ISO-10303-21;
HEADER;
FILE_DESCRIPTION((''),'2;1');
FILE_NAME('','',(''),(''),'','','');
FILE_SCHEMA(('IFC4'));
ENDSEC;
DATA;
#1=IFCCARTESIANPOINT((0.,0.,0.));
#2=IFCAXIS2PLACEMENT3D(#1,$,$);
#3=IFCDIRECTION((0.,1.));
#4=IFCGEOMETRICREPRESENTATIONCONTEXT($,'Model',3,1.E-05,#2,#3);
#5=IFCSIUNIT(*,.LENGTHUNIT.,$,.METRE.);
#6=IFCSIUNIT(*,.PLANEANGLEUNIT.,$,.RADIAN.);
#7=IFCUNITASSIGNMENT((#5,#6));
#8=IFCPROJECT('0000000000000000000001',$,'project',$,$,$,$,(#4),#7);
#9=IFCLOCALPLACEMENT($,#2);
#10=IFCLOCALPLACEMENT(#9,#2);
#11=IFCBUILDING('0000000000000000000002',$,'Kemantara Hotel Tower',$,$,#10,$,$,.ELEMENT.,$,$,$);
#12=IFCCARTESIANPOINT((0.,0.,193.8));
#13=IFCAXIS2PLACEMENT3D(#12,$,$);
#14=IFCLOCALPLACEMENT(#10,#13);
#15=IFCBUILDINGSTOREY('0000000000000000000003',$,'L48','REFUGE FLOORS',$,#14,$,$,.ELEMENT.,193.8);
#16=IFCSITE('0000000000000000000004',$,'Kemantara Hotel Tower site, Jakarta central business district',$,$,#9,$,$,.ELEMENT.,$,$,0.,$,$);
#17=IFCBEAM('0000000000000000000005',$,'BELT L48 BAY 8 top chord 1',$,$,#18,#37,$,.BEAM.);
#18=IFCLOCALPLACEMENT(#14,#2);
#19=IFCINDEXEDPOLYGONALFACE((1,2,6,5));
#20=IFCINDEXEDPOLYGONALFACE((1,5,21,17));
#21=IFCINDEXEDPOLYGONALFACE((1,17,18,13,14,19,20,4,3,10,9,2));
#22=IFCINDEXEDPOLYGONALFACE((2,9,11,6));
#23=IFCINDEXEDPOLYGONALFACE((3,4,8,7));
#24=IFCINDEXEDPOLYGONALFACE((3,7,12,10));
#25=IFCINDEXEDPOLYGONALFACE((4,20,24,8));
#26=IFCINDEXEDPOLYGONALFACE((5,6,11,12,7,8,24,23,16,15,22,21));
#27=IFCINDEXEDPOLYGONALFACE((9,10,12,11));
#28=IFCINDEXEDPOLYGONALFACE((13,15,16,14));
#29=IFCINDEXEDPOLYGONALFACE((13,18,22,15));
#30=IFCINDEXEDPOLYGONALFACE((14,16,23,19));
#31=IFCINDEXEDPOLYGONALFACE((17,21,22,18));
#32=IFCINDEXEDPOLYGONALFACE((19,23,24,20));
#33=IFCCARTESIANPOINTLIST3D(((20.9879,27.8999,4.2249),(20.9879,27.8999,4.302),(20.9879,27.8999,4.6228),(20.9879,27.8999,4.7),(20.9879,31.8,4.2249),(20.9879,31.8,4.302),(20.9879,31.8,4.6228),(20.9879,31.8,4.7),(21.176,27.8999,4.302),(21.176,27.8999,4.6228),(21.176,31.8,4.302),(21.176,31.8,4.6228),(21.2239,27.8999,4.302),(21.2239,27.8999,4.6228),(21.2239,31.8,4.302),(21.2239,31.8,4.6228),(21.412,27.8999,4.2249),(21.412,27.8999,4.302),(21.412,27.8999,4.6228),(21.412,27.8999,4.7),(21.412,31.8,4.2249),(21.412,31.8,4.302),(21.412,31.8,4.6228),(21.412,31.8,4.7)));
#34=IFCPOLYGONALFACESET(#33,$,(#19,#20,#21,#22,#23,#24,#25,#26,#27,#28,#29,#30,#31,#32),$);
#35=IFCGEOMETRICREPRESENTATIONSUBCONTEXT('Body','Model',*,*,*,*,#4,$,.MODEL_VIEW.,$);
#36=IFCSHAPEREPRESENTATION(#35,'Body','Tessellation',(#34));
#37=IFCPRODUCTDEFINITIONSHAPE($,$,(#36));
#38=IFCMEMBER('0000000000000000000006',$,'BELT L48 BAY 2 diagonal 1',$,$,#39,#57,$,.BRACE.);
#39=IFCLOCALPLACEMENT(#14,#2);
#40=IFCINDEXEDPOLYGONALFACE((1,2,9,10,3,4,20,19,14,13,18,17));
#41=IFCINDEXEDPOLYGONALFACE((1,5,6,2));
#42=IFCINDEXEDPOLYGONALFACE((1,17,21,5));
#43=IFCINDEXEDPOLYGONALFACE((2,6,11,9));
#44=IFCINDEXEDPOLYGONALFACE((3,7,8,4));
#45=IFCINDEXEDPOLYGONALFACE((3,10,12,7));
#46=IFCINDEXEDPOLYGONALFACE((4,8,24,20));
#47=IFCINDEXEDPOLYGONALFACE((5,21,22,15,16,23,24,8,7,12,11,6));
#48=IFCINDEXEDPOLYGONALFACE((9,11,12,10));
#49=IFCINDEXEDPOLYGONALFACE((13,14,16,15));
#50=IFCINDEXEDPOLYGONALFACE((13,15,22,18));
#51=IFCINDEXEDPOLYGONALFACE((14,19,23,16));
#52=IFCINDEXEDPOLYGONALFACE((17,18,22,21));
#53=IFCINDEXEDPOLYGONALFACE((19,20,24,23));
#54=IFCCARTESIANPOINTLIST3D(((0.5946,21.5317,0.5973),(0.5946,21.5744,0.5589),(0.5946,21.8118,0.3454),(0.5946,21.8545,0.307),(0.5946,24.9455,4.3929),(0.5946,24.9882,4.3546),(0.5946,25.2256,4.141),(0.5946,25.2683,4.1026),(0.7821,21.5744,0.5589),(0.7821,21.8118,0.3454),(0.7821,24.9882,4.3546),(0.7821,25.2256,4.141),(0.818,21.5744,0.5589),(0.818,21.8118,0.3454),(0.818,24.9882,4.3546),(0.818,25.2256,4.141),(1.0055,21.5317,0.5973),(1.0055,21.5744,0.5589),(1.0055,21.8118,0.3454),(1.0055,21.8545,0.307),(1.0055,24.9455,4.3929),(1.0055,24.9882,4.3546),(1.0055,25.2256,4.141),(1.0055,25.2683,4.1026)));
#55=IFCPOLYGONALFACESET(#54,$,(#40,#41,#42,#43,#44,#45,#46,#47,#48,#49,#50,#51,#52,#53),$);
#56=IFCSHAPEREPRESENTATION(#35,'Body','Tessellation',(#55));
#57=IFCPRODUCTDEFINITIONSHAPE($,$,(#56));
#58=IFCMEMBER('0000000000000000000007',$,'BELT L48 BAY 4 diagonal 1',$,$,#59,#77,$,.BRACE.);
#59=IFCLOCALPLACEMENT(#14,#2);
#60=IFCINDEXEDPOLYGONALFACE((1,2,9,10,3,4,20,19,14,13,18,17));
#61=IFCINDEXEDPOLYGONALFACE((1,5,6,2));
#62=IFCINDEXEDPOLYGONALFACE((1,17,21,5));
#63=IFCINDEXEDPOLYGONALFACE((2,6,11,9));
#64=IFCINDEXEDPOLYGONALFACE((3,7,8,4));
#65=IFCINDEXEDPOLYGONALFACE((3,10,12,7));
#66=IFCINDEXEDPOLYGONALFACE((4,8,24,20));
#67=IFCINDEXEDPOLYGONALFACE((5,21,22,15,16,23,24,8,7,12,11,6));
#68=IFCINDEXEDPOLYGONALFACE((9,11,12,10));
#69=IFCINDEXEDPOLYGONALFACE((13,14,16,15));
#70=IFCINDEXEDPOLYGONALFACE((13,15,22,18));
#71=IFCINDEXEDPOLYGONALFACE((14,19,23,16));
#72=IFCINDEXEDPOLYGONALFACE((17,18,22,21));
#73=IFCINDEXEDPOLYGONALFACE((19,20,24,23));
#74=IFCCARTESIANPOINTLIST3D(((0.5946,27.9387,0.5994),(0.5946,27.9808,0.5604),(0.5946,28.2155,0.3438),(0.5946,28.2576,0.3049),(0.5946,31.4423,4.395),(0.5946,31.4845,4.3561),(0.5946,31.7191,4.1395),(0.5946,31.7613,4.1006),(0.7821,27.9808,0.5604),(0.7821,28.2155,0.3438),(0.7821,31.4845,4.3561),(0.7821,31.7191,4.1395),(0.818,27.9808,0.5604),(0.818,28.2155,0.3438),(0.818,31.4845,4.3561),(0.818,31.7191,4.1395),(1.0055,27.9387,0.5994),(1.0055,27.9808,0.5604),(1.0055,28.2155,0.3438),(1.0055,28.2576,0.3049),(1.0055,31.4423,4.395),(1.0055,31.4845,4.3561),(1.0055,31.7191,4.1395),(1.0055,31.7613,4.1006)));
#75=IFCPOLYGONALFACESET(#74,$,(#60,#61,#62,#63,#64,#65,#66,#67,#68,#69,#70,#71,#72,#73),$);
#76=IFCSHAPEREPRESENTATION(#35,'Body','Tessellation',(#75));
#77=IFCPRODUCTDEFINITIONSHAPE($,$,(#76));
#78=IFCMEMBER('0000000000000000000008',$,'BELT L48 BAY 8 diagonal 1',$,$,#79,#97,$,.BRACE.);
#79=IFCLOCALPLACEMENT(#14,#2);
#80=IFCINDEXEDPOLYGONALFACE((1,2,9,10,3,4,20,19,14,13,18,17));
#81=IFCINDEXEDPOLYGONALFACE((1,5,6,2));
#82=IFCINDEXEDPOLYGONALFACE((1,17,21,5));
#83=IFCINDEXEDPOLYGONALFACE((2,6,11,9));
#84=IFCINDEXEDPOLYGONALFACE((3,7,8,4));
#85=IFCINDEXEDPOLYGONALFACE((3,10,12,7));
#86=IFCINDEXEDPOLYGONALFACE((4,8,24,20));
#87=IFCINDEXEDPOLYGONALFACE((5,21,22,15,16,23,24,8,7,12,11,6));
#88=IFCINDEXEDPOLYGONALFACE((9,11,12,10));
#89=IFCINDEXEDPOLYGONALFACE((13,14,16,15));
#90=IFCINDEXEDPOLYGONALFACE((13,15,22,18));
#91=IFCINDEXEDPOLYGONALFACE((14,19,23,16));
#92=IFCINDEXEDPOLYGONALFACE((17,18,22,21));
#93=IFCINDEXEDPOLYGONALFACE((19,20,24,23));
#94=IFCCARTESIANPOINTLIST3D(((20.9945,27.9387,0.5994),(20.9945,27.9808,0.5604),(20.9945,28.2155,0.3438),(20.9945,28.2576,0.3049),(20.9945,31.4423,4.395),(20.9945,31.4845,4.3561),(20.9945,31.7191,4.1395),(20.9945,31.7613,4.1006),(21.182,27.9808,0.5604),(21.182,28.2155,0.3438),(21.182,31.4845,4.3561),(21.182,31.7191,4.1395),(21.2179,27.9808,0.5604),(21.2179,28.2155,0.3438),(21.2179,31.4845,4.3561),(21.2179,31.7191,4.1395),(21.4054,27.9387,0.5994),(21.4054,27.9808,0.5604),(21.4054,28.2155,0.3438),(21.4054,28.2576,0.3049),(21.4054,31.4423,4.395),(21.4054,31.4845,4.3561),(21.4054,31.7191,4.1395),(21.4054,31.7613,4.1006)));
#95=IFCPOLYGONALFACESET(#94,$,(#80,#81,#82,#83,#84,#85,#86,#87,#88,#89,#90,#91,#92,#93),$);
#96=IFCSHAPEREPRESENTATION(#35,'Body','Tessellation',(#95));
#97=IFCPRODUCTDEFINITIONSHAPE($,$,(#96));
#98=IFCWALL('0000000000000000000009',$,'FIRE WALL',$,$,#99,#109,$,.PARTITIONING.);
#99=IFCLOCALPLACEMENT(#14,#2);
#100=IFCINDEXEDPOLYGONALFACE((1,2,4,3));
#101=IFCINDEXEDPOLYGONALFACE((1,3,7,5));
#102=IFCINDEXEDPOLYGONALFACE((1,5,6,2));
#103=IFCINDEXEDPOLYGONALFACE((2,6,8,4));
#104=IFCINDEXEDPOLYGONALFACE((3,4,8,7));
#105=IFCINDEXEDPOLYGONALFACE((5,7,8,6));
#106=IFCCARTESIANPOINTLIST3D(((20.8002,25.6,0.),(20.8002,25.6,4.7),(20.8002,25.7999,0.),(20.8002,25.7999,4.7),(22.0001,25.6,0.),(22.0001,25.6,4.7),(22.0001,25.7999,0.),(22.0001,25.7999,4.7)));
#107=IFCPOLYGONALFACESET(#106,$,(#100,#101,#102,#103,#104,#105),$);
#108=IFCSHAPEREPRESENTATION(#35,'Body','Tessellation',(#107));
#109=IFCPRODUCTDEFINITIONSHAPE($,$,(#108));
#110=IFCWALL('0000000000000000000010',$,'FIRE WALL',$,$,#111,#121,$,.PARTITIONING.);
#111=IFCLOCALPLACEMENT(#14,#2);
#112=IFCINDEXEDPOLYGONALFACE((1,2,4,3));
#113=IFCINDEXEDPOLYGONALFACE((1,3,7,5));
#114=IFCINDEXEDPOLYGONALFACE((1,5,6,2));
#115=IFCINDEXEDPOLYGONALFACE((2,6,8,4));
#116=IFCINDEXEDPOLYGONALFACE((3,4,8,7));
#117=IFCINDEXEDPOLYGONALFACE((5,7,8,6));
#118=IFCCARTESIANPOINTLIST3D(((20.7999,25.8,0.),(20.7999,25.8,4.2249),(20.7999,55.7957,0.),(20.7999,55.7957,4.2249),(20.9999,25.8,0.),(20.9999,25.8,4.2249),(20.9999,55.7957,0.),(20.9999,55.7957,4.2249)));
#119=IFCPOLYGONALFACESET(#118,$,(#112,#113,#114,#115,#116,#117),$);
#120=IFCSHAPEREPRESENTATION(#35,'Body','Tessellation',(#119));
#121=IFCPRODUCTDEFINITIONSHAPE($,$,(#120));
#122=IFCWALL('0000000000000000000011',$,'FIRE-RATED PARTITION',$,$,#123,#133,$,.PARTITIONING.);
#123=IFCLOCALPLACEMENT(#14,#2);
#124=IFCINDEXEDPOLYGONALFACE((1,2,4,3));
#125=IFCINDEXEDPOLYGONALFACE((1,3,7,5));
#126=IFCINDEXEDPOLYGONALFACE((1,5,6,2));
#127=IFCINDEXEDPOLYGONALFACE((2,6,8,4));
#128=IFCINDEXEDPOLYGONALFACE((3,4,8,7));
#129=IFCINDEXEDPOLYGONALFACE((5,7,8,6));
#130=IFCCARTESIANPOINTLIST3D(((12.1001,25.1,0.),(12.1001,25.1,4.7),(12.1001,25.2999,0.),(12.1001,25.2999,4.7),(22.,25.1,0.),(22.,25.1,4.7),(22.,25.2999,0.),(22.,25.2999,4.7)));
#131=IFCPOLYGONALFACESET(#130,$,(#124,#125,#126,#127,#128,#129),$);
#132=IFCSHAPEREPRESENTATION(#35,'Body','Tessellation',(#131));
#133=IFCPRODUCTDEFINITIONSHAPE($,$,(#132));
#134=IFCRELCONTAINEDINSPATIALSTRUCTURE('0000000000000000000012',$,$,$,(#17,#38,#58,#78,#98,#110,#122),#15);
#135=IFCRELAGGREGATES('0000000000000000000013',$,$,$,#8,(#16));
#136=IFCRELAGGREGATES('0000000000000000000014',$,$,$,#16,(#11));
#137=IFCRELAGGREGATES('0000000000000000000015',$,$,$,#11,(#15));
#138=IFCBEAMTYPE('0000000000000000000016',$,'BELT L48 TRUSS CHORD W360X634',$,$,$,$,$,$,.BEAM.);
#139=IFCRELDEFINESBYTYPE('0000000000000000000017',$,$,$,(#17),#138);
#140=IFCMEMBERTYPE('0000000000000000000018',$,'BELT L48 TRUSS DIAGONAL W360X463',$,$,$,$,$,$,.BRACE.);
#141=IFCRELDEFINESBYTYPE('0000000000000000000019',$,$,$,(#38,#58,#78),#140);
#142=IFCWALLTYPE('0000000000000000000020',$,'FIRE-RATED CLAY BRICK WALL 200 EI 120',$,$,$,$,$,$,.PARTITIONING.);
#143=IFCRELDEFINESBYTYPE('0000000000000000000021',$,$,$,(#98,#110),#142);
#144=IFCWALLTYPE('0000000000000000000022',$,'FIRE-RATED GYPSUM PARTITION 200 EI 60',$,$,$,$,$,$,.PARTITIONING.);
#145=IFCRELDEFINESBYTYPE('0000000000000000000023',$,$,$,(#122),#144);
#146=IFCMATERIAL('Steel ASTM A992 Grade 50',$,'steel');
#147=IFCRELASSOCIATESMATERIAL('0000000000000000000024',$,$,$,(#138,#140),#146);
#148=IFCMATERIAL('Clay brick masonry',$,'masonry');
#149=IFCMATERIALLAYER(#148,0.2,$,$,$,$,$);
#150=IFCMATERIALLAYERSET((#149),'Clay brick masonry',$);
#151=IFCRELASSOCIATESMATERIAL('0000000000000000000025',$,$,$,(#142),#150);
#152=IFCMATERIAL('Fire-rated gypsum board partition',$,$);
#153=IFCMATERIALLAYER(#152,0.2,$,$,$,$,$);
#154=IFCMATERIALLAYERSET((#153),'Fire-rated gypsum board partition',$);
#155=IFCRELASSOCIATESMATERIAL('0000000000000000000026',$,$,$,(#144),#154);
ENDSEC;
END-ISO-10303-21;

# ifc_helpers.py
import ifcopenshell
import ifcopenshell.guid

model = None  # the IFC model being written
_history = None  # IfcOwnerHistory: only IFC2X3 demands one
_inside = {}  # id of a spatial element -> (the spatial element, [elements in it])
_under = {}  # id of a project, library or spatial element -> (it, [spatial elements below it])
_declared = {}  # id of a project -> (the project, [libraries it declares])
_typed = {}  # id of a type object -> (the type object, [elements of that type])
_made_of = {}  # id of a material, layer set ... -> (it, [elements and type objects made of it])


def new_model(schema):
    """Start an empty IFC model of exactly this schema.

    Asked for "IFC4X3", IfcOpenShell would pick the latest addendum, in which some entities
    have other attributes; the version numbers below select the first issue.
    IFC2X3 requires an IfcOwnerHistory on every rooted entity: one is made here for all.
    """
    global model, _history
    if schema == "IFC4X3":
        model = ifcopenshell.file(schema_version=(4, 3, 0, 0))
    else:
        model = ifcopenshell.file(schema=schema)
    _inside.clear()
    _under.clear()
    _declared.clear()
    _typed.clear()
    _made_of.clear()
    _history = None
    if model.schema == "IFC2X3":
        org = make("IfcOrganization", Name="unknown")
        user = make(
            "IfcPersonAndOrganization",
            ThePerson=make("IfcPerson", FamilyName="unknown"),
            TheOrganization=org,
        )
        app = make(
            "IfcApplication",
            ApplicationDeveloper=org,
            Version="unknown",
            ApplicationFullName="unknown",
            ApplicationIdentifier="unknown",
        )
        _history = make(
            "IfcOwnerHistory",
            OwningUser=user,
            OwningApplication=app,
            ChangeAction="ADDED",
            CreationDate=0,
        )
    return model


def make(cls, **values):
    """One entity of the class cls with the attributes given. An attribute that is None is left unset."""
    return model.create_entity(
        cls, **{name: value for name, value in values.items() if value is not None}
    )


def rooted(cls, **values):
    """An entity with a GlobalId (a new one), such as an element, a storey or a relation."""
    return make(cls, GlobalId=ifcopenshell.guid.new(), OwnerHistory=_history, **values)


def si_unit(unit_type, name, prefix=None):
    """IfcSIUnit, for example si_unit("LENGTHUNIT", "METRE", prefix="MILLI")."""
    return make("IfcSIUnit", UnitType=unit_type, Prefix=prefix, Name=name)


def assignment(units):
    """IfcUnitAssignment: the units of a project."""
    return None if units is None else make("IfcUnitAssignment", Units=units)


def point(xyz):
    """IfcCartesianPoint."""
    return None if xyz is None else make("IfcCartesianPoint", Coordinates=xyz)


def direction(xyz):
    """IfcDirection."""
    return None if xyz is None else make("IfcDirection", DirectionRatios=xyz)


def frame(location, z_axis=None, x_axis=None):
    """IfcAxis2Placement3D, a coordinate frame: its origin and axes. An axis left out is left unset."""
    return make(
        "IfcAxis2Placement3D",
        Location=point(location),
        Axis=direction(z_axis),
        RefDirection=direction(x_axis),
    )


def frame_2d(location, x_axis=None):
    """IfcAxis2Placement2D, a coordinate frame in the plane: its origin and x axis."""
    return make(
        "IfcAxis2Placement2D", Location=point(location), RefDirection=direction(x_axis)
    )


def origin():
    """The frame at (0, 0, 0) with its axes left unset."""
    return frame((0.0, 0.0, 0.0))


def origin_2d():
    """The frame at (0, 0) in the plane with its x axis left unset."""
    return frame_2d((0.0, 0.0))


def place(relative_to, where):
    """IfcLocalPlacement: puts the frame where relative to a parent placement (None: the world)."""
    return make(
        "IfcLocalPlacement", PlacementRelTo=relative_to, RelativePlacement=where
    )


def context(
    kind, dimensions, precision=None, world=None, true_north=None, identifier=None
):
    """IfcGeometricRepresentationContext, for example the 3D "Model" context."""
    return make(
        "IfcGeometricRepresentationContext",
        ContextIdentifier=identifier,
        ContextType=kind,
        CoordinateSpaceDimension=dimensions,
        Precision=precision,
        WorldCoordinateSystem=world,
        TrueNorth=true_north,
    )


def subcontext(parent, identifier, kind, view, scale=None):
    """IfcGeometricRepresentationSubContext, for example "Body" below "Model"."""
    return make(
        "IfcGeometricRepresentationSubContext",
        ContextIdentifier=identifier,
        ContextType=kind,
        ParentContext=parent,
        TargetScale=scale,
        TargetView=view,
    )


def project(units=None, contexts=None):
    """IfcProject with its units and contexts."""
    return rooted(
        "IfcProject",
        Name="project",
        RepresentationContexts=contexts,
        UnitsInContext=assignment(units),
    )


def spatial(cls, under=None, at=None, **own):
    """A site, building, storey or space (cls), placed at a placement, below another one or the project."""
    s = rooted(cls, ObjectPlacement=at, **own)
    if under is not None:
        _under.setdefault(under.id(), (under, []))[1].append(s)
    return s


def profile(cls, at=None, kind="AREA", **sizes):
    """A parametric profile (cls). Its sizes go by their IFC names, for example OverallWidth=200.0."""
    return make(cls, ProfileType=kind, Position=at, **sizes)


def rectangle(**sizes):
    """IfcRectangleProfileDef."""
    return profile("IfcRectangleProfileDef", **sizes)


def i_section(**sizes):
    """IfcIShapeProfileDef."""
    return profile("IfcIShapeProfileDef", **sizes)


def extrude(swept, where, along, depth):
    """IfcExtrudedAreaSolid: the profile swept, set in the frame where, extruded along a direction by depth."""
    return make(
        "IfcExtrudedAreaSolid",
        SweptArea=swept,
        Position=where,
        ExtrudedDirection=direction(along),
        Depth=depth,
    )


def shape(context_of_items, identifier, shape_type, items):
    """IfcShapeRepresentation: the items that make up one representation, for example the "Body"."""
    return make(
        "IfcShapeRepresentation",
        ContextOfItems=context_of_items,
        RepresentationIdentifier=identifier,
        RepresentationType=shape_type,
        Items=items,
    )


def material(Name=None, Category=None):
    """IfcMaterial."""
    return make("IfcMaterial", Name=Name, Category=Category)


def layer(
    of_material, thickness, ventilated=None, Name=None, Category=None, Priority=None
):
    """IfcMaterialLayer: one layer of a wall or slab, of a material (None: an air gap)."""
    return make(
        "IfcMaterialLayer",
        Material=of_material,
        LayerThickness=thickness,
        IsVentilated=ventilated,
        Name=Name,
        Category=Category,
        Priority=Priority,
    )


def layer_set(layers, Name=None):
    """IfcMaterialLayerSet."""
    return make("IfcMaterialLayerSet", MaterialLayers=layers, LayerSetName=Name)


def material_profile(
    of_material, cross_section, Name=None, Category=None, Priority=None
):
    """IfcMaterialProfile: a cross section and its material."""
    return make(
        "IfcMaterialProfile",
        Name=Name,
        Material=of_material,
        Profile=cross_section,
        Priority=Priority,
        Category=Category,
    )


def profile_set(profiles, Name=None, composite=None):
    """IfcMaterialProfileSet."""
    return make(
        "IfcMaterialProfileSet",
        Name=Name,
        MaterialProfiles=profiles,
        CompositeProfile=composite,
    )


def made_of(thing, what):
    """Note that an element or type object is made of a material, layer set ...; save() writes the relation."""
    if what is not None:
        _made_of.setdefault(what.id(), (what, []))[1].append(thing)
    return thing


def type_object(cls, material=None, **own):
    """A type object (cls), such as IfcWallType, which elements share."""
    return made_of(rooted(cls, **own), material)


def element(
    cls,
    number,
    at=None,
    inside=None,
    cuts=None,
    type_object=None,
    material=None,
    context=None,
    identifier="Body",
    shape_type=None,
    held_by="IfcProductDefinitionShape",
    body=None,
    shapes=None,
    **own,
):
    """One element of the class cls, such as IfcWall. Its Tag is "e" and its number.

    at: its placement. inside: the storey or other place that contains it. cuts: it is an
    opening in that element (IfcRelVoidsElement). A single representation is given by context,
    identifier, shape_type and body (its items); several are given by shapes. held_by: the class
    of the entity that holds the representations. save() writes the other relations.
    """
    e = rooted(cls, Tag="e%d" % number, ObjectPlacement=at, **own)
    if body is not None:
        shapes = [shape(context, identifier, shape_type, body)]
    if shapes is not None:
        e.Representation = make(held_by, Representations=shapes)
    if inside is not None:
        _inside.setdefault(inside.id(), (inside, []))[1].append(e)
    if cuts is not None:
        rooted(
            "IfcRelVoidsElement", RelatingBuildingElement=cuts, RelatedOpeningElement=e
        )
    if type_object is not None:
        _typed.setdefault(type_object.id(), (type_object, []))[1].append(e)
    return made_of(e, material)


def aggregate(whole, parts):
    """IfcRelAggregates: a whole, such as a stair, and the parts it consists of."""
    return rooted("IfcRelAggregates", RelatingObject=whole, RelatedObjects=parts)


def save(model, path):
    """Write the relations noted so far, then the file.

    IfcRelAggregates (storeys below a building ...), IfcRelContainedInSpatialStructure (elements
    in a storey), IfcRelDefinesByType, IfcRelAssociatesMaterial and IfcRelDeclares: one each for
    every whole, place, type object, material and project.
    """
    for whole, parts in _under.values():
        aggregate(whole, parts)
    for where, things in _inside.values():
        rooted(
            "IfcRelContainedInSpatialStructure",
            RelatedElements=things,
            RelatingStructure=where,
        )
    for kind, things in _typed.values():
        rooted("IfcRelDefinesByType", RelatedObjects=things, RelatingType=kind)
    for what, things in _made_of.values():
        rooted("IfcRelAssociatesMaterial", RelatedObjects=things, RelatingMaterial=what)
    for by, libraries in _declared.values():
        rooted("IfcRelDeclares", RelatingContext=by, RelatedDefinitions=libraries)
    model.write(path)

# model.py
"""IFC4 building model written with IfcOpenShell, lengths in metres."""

from ifc_helpers import new_model, si_unit, direction, frame, frame_2d, origin, origin_2d, place, context, subcontext, project, spatial, rectangle, i_section, extrude, material, layer, layer_set, material_profile, profile_set, type_object, element, save


model = new_model("IFC4")

# Units and contexts
model_context = context("Model", 3, precision=1e-05, world=origin(), true_north=direction((0.0, 1.0)))
body_context = subcontext(model_context, "Body", "Model", "MODEL_VIEW")
ifc_project = project(units=[si_unit("LENGTHUNIT", "METRE"), si_unit("PLANEANGLEUNIT", "RADIAN")], contexts=[model_context])

# Site, building, storey
site_placement = place(None, origin())
site = spatial("IfcSite", under=ifc_project, at=site_placement, Name="Kemantara Hotel Tower site, Jakarta central business district", CompositionType="ELEMENT", RefElevation=0.0)
building_placement = place(site_placement, origin())
building = spatial("IfcBuilding", under=site, at=building_placement, Name="Kemantara Hotel Tower", CompositionType="ELEMENT")
storey_placement = place(building_placement, frame((0.0, 0.0, 193.8)))
storey = spatial("IfcBuildingStorey", under=building, at=storey_placement, Name="L48", Description="REFUGE FLOORS", CompositionType="ELEMENT", Elevation=193.8)

# Beam
ifc_material_1 = material(Name="Steel ASTM A992 Grade 50", Category="steel")
ifc_material_profile_1 = material_profile(ifc_material_1, i_section(OverallWidth=0.4241, OverallDepth=0.4751, WebThickness=0.0479, FlangeThickness=0.0771, at=origin_2d()), Name="W360X634")
ifc_profile_set_1 = profile_set([ifc_material_profile_1], Name="Steel ASTM A992 Grade 50")
beam_type = type_object("IfcBeamType", Name="BELT L48 TRUSS CHORD W360X634", PredefinedType="BEAM", material=ifc_profile_set_1)
for number, where, z_axis, x_axis, name in (
    (1, (21.2, 27.8999, 4.4624), (0.0, 1.0, 0.0), (-1.0, 0.0, 0.0), "BELT L48 BAY 8 top chord 1"),
):
    element("IfcBeam", number, at=place(storey_placement, frame(where, z_axis=z_axis, x_axis=x_axis)), inside=storey, type_object=beam_type, Name=name, PredefinedType="BEAM", context=body_context, shape_type="SweptSolid", body=[
        extrude(i_section(OverallWidth=0.4241, OverallDepth=0.4751, WebThickness=0.0479, FlangeThickness=0.0771, at=origin_2d()), origin(), (0.0, 0.0, 1.0), 3.9001),
    ])

# Members
ifc_material_profile_2 = material_profile(ifc_material_1, i_section(OverallWidth=0.4109, OverallDepth=0.4341, WebThickness=0.0359, FlangeThickness=0.0574, at=origin_2d()), Name="W360X463")
ifc_profile_set_2 = profile_set([ifc_material_profile_2], Name="Steel ASTM A992 Grade 50")
member_type = type_object("IfcMemberType", Name="BELT L48 TRUSS DIAGONAL W360X463", PredefinedType="BRACE", material=ifc_profile_set_2)
member_placement = place(storey_placement, frame((0.8, 21.6931, 0.4521), z_axis=(0.0, 0.668719, 0.743515), x_axis=(-1.0, 0.0, 0.0)))
element("IfcMember", 2, at=member_placement, inside=storey, type_object=member_type, Name="BELT L48 BAY 2 diagonal 1", PredefinedType="BRACE", context=body_context, shape_type="SweptSolid", body=[
    extrude(i_section(OverallWidth=0.4109, OverallDepth=0.4341, WebThickness=0.0359, FlangeThickness=0.0574, at=origin_2d()), origin(), (0.0, 0.0, 1.0), 5.105),
])
for number, where, z_axis, x_axis, name in (
    (3, (0.8, 28.0981, 0.4521), (0.0, 0.678278, 0.734805), (-1.0, 0.0, 0.0), "BELT L48 BAY 4 diagonal 1"),
    (4, (21.2, 28.0981, 0.4521), (0.0, 0.678278, 0.734805), (-1.0, 0.0, 0.0), "BELT L48 BAY 8 diagonal 1"),
):
    element("IfcMember", number, at=place(storey_placement, frame(where, z_axis=z_axis, x_axis=x_axis)), inside=storey, type_object=member_type, Name=name, PredefinedType="BRACE", context=body_context, shape_type="SweptSolid", body=[
        extrude(i_section(OverallWidth=0.4109, OverallDepth=0.4341, WebThickness=0.0359, FlangeThickness=0.0574, at=origin_2d()), origin(), (0.0, 0.0, 1.0), 5.1655),
    ])

# Walls
ifc_material_2 = material(Name="Clay brick masonry", Category="masonry")
ifc_layer_1 = layer(ifc_material_2, 0.2)
ifc_layer_set_1 = layer_set([ifc_layer_1], Name="Clay brick masonry")
wall_type_1 = type_object("IfcWallType", Name="FIRE-RATED CLAY BRICK WALL 200 EI 120", PredefinedType="PARTITIONING", material=ifc_layer_set_1)
wall_1_placement = place(storey_placement, frame((20.8, 25.7, 0.0), z_axis=(0.0, 0.0, 1.0), x_axis=(1.0, 0.0, 0.0)))
element("IfcWall", 5, at=wall_1_placement, inside=storey, type_object=wall_type_1, Name="FIRE WALL", PredefinedType="PARTITIONING", context=body_context, shape_type="SweptSolid", body=[
    extrude(rectangle(XDim=1.2, YDim=0.2, at=frame_2d((0.6001, 0.0))), origin(), (0.0, 0.0, 1.0), 4.7),
])
wall_2_placement = place(storey_placement, frame((20.8999, 25.8, 0.0), z_axis=(0.0, 0.0, 1.0), x_axis=(0.0, 1.0, 0.0)))
element("IfcWall", 6, at=wall_2_placement, inside=storey, type_object=wall_type_1, Name="FIRE WALL", PredefinedType="PARTITIONING", context=body_context, shape_type="SweptSolid", body=[
    extrude(rectangle(XDim=29.9956, YDim=0.2, at=frame_2d((14.9978, 0.0))), origin(), (0.0, 0.0, 1.0), 4.2249),
])
ifc_material_3 = material(Name="Fire-rated gypsum board partition")
ifc_layer_2 = layer(ifc_material_3, 0.2)
ifc_layer_set_2 = layer_set([ifc_layer_2], Name="Fire-rated gypsum board partition")
wall_type_2 = type_object("IfcWallType", Name="FIRE-RATED GYPSUM PARTITION 200 EI 60", PredefinedType="PARTITIONING", material=ifc_layer_set_2)
wall_3_placement = place(storey_placement, frame((12.1001, 25.2, 0.0), z_axis=(0.0, 0.0, 1.0), x_axis=(1.0, 0.0, 0.0)))
element("IfcWall", 7, at=wall_3_placement, inside=storey, type_object=wall_type_2, Name="FIRE-RATED PARTITION", PredefinedType="PARTITIONING", context=body_context, shape_type="SweptSolid", body=[
    extrude(rectangle(XDim=9.8999, YDim=0.2, at=frame_2d((4.95, 0.0))), origin(), (0.0, 0.0, 1.0), 4.7),
])

save(model, "model.ifc")
